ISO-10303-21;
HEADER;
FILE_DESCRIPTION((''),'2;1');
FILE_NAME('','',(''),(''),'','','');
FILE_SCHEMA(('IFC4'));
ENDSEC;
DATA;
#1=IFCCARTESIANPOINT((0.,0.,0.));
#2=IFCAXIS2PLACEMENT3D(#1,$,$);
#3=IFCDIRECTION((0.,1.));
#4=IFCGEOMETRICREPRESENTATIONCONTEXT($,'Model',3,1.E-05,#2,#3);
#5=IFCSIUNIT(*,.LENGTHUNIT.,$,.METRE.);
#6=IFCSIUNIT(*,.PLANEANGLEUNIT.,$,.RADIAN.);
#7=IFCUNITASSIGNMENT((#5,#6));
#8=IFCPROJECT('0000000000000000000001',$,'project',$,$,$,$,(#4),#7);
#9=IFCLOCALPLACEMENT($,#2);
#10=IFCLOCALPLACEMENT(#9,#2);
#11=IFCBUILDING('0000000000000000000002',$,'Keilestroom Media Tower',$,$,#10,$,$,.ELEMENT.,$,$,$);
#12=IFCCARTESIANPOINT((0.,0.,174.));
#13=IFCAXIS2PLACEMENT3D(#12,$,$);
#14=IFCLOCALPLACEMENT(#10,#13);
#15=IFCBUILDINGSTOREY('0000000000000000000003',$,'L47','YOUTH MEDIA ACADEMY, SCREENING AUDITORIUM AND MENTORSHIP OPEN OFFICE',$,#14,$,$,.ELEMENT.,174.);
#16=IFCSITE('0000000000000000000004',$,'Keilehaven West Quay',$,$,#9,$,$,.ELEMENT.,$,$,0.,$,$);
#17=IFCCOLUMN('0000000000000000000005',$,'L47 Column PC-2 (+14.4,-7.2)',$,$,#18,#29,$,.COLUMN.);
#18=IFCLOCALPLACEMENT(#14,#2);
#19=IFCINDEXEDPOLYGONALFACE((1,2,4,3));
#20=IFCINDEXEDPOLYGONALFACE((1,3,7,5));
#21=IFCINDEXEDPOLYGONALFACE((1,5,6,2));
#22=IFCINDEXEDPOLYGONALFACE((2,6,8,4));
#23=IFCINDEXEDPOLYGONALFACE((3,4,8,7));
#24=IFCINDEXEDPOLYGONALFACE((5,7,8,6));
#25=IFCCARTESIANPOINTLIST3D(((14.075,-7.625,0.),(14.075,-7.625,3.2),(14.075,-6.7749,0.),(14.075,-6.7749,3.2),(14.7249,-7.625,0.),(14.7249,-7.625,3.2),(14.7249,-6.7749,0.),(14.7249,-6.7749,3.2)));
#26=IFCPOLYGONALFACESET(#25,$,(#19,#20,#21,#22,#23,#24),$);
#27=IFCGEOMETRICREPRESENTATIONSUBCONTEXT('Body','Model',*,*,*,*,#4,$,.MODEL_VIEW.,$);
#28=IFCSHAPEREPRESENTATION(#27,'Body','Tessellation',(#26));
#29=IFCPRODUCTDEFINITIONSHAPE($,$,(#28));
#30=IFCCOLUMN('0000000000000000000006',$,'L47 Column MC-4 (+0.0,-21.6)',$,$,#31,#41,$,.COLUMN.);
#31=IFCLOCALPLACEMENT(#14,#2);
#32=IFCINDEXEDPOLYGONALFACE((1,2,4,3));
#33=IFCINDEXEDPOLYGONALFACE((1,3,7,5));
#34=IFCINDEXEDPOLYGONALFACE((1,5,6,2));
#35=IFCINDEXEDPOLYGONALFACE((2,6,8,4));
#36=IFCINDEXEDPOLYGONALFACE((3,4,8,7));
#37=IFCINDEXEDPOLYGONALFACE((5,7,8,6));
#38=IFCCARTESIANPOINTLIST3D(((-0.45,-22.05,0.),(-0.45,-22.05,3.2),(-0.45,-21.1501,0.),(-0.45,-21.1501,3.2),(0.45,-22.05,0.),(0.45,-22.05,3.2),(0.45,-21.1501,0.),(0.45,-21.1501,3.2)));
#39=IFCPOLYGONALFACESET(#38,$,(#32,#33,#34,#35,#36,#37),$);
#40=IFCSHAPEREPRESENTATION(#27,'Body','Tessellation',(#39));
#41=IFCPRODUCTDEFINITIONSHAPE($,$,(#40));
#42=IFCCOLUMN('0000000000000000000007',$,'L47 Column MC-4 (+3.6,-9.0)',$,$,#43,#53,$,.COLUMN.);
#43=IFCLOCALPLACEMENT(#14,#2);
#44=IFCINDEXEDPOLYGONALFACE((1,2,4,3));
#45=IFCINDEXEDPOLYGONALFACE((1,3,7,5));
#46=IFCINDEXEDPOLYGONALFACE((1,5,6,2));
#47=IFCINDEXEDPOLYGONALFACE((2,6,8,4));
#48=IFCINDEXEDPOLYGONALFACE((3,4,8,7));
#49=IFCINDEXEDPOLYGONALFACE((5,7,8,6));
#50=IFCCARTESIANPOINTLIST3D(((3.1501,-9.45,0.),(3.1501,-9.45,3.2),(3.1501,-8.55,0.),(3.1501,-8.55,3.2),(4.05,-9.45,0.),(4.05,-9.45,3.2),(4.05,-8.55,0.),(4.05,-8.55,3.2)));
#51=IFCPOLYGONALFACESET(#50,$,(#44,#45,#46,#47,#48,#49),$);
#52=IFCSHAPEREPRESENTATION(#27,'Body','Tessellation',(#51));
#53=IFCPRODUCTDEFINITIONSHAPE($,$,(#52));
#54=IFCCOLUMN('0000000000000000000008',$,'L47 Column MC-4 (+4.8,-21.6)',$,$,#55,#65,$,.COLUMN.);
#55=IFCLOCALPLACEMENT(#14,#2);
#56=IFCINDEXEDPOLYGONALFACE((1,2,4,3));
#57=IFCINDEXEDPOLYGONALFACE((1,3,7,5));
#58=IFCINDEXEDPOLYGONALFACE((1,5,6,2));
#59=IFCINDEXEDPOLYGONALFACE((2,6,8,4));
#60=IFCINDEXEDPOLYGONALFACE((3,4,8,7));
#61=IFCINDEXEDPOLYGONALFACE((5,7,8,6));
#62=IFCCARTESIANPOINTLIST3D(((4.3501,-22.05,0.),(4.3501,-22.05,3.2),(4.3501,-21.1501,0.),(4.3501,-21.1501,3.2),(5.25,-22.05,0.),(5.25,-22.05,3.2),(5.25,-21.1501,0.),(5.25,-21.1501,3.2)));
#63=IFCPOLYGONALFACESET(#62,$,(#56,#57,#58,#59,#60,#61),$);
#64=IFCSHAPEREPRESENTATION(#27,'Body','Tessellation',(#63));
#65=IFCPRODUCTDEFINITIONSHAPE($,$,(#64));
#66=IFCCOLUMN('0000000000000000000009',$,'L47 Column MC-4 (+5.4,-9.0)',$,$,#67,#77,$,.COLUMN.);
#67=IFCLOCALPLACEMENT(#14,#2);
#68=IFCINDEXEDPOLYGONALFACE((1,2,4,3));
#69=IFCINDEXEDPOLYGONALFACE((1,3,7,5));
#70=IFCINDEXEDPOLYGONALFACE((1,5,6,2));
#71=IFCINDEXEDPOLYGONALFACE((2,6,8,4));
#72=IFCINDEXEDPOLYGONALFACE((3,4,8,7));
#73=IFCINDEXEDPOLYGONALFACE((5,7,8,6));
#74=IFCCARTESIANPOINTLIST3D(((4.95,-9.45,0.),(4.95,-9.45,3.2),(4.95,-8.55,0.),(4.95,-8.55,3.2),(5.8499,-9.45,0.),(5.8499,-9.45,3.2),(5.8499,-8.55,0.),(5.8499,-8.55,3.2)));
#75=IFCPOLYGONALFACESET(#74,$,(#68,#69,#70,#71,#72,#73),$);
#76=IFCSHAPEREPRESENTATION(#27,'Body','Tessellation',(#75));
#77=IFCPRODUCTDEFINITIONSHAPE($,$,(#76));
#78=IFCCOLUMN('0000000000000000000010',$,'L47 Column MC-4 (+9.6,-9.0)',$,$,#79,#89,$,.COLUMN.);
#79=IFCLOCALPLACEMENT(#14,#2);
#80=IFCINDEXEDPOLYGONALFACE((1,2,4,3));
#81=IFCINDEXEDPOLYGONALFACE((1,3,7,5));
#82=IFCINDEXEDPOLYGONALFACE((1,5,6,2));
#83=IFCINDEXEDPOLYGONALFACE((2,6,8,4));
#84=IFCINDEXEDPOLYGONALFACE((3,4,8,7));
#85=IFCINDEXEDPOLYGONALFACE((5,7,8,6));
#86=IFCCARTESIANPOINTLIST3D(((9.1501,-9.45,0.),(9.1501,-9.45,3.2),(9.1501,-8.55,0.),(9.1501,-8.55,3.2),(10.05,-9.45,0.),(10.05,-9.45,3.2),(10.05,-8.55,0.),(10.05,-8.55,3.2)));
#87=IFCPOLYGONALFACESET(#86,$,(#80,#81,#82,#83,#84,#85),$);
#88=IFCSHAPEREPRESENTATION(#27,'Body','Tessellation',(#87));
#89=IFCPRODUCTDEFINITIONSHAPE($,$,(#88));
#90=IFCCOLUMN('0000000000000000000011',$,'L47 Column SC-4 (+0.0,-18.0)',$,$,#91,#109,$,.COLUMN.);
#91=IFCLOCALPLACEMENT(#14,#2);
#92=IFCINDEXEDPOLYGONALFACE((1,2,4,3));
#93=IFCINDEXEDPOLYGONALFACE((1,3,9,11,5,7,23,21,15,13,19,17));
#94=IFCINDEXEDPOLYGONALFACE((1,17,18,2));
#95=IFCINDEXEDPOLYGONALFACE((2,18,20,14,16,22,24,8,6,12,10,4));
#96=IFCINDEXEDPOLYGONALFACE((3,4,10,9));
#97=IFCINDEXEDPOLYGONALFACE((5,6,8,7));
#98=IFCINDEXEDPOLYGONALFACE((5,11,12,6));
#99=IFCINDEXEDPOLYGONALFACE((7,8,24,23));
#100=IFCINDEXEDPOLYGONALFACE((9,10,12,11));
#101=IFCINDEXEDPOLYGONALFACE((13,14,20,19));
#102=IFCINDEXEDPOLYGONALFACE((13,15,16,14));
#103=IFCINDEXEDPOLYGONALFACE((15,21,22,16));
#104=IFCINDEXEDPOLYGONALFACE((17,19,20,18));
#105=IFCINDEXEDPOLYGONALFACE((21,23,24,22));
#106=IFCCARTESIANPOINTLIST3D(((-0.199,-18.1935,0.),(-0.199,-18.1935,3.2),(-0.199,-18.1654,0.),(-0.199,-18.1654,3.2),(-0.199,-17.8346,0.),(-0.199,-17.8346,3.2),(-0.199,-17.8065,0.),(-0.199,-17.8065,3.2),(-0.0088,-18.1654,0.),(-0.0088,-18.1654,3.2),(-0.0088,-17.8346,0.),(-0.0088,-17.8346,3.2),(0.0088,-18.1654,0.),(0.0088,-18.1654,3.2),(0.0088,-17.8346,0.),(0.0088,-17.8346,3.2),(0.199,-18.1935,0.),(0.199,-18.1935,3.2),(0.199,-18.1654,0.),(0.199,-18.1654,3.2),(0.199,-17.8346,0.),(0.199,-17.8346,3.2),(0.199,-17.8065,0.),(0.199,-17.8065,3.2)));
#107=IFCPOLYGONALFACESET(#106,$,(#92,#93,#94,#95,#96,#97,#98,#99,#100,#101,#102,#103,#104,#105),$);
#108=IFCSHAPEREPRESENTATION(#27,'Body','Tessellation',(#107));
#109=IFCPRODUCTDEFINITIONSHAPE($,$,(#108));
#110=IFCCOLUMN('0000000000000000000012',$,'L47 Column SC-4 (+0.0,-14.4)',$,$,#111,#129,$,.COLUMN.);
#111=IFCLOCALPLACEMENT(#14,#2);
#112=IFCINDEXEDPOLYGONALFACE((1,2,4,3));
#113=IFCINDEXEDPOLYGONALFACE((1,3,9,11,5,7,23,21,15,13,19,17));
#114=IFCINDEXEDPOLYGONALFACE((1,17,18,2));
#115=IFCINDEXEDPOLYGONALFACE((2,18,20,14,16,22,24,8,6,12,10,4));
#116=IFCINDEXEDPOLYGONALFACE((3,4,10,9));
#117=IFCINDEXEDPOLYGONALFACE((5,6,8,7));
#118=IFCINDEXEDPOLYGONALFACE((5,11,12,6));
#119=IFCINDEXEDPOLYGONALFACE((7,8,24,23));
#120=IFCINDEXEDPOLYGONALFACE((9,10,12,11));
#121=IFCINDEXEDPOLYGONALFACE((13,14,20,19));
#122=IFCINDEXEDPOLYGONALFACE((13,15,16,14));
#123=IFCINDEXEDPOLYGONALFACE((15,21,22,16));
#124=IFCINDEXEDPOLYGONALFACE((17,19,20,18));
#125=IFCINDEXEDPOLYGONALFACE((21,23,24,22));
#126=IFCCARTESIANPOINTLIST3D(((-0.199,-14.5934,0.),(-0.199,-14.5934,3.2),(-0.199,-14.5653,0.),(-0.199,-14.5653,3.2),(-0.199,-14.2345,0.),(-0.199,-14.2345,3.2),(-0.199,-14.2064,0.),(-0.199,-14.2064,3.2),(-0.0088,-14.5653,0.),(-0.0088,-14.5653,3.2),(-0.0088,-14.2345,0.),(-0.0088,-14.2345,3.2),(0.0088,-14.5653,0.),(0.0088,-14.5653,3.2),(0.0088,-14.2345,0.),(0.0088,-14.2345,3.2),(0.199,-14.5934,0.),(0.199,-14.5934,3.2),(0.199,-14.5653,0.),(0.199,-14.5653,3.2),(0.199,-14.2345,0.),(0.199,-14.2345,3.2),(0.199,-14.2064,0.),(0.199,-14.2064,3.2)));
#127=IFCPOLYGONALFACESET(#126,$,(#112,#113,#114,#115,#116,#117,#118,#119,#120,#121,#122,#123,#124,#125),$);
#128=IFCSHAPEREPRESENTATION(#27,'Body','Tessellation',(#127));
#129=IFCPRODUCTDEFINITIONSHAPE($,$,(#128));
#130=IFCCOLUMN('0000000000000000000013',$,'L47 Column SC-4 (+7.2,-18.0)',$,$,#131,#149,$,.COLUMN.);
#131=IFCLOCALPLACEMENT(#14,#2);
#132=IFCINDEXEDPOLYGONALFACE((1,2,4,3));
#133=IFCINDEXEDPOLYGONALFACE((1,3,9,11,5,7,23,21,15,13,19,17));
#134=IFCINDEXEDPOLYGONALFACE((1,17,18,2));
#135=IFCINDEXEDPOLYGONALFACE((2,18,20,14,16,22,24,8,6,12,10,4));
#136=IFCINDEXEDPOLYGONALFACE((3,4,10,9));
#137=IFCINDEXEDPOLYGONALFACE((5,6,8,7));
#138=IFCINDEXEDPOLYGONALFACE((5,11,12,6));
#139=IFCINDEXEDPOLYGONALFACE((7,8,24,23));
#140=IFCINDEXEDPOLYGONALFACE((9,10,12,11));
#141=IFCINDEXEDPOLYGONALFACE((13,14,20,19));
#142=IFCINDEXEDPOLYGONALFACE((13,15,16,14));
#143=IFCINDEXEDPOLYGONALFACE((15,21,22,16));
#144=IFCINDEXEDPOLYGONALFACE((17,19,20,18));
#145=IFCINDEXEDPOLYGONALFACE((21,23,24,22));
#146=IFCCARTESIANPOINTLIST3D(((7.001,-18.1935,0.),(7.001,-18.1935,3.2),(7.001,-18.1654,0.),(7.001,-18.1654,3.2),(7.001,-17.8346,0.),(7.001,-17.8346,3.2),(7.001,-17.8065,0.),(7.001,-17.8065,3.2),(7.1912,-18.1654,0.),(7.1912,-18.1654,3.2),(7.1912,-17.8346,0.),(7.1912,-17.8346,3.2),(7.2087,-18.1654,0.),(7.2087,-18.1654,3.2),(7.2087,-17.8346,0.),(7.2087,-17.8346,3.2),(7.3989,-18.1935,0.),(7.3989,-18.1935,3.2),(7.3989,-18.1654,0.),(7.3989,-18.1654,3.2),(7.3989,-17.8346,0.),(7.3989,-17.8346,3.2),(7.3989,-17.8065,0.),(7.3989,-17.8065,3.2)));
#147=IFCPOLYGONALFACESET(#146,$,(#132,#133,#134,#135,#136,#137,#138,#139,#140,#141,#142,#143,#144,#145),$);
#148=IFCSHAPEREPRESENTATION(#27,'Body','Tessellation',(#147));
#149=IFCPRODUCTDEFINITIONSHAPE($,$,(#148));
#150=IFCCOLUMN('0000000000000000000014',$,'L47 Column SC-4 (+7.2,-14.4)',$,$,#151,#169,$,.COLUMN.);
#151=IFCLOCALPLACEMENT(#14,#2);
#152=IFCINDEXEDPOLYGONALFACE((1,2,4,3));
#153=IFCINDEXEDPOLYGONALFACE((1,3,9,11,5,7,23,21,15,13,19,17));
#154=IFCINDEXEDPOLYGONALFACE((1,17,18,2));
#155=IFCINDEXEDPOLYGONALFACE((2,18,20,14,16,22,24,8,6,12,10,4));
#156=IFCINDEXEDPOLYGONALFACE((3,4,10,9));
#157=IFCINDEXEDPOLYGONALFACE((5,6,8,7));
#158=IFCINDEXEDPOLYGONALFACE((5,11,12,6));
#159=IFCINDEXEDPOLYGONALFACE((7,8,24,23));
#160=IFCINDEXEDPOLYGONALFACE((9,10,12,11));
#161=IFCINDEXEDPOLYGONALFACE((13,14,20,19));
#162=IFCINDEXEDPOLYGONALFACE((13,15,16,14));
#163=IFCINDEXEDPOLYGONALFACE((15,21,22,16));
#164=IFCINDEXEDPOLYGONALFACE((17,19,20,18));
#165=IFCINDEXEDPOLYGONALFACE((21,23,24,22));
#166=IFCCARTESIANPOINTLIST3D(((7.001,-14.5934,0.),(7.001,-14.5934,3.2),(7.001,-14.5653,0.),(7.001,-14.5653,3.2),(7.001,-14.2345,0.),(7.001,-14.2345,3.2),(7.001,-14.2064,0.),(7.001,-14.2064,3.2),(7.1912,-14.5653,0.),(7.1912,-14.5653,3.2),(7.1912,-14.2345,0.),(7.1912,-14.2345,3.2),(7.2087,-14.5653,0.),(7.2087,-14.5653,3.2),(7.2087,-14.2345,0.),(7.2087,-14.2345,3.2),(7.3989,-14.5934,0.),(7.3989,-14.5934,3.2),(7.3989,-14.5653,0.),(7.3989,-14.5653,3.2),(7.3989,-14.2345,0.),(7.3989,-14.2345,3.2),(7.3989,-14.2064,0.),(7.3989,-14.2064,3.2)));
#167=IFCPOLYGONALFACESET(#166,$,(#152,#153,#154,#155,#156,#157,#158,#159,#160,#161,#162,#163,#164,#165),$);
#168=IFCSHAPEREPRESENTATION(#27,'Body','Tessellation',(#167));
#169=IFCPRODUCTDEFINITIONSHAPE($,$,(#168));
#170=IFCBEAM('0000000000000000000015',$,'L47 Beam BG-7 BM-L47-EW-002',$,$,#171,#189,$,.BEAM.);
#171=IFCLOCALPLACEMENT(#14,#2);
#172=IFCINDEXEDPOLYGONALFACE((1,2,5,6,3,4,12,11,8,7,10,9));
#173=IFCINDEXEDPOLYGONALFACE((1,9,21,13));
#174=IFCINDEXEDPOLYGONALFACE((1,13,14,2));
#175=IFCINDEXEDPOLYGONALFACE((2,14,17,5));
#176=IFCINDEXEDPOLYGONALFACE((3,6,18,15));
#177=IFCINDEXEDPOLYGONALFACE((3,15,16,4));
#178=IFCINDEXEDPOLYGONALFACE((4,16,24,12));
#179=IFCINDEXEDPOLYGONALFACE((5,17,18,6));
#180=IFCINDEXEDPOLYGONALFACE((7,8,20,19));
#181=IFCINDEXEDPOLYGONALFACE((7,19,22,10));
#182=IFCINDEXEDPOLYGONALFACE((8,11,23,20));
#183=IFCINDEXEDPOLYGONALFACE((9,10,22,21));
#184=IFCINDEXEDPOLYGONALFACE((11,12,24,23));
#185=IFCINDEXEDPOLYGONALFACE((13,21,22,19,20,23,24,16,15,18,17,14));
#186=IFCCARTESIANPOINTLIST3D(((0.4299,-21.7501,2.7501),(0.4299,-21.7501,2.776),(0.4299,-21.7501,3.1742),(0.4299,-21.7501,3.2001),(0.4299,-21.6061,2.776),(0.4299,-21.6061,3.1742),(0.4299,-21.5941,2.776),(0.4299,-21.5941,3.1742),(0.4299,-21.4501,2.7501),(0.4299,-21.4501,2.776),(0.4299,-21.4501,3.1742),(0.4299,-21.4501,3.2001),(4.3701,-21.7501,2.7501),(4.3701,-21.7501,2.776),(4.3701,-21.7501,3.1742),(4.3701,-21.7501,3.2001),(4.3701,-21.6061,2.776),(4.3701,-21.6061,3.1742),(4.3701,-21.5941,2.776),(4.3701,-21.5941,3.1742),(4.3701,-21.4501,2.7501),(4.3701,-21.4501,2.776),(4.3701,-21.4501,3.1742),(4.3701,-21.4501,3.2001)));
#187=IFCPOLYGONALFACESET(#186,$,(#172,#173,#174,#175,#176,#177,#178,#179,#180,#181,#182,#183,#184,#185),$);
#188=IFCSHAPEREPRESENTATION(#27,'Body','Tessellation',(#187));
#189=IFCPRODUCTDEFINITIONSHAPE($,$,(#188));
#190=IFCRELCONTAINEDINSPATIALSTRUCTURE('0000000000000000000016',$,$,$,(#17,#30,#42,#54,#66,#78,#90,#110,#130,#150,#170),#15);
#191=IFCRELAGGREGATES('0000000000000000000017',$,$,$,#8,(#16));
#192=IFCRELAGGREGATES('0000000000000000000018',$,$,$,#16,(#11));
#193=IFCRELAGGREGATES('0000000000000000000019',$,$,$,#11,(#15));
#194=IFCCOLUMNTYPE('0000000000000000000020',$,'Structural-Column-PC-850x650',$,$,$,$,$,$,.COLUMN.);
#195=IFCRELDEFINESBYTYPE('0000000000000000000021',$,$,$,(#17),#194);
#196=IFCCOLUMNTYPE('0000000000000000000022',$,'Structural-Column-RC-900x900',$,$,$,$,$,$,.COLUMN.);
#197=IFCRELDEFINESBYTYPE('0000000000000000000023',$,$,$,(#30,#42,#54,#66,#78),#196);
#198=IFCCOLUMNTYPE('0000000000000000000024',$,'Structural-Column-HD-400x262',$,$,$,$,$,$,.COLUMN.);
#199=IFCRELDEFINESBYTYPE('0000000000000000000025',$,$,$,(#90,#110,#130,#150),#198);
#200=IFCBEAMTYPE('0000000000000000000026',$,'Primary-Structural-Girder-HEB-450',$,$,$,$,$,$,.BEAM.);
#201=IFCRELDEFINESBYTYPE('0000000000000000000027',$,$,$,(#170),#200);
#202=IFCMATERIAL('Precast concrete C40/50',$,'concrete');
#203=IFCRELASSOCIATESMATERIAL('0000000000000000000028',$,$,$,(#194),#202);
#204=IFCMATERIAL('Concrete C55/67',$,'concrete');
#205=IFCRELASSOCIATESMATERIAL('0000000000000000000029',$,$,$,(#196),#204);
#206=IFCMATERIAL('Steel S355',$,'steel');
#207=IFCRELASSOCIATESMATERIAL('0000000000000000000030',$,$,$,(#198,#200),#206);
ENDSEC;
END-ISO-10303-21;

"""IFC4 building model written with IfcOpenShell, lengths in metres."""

from ifc_helpers import new_model, si_unit, direction, frame, origin, origin_2d, place, context, subcontext, project, spatial, rectangle, i_section, extrude, source, transform, mapped, material, material_profile, profile_set, type_object, element, save


model = new_model("IFC4")

# Units and contexts
model_context = context("Model", 3, precision=1e-05, world=origin(), true_north=direction((0.0, 1.0)))
body_context = subcontext(model_context, "Body", "Model", "MODEL_VIEW")
ifc_project = project(units=[si_unit("LENGTHUNIT", "METRE"), si_unit("PLANEANGLEUNIT", "RADIAN")], contexts=[model_context])

# Site, building, storey
site_placement = place(None, origin())
site = spatial("IfcSite", under=ifc_project, at=site_placement, Name="Keilehaven West Quay", CompositionType="ELEMENT", RefElevation=0.0)
building_placement = place(site_placement, origin())
building = spatial("IfcBuilding", under=site, at=building_placement, Name="Keilestroom Media Tower", CompositionType="ELEMENT")
storey_placement = place(building_placement, frame((0.0, 0.0, 174.0)))
storey = spatial("IfcBuildingStorey", under=building, at=storey_placement, Name="L47", Description="YOUTH MEDIA ACADEMY, SCREENING AUDITORIUM AND MENTORSHIP OPEN OFFICE", CompositionType="ELEMENT", Elevation=174.0)

# Columns
ifc_material_1 = material(Name="Precast concrete C40/50", Category="concrete")
ifc_material_profile_1 = material_profile(ifc_material_1, rectangle(XDim=0.6499, YDim=0.8501, at=origin_2d()), Name="PC 850x650")
ifc_profile_set_1 = profile_set([ifc_material_profile_1], Name="Precast concrete C40/50")
column_type_1 = type_object("IfcColumnType", Name="Structural-Column-PC-850x650", PredefinedType="COLUMN", material=ifc_profile_set_1)
shared_shape_1 = source(origin(), body_context, "Body", "SweptSolid", [
    extrude(rectangle(XDim=0.6499, YDim=0.8501, at=origin_2d()), origin(), (0.0, 0.0, 1.0), 3.2),
])
column_placement = place(storey_placement, frame((14.3999, -7.2, 0.0), z_axis=(0.0, 0.0, 1.0), x_axis=(1.0, 0.0, 0.0)))
element("IfcColumn", 1, at=column_placement, inside=storey, type_object=column_type_1, Name="L47 Column PC-2 (+14.4,-7.2)", PredefinedType="COLUMN", context=body_context, shape_type="MappedRepresentation", body=[
    mapped(shared_shape_1, transform((0.0, 0.0, 0.0), x_axis=(1.0, 0.0, 0.0), y_axis=(0.0, 1.0, 0.0), z_axis=(0.0, 0.0, 1.0), scale=1.0)),
])
ifc_material_2 = material(Name="Concrete C55/67", Category="concrete")
ifc_material_profile_2 = material_profile(ifc_material_2, rectangle(XDim=0.8999, YDim=0.8999, at=origin_2d()), Name="RC 900x900")
ifc_profile_set_2 = profile_set([ifc_material_profile_2], Name="Concrete C55/67")
column_type_2 = type_object("IfcColumnType", Name="Structural-Column-RC-900x900", PredefinedType="COLUMN", material=ifc_profile_set_2)
shared_shape_2 = source(origin(), body_context, "Body", "SweptSolid", [
    extrude(rectangle(XDim=0.8999, YDim=0.8999, at=origin_2d()), origin(), (0.0, 0.0, 1.0), 3.2),
])
for number, where, z_axis, x_axis, name in (
    (2, (0.0, -21.6001, 0.0), (0.0, 0.0, 1.0), (1.0, 0.0, 0.0), "L47 Column MC-4 (+0.0,-21.6)"),
    (3, (3.6001, -9.0, 0.0), (0.0, 0.0, 1.0), (1.0, 0.0, 0.0), "L47 Column MC-4 (+3.6,-9.0)"),
    (4, (4.8, -21.6001, 0.0), (0.0, 0.0, 1.0), (1.0, 0.0, 0.0), "L47 Column MC-4 (+4.8,-21.6)"),
    (5, (5.3999, -9.0, 0.0), (0.0, 0.0, 1.0), (1.0, 0.0, 0.0), "L47 Column MC-4 (+5.4,-9.0)"),
    (6, (9.6001, -9.0, 0.0), (0.0, 0.0, 1.0), (1.0, 0.0, 0.0), "L47 Column MC-4 (+9.6,-9.0)"),
):
    element("IfcColumn", number, at=place(storey_placement, frame(where, z_axis=z_axis, x_axis=x_axis)), inside=storey, type_object=column_type_2, Name=name, PredefinedType="COLUMN", context=body_context, shape_type="MappedRepresentation", body=[
        mapped(shared_shape_2, transform((0.0, 0.0, 0.0), x_axis=(1.0, 0.0, 0.0), y_axis=(0.0, 1.0, 0.0), z_axis=(0.0, 0.0, 1.0), scale=1.0)),
    ])
ifc_material_3 = material(Name="Steel S355", Category="steel")
ifc_material_profile_3 = material_profile(ifc_material_3, i_section(OverallWidth=0.3979, OverallDepth=0.387, WebThickness=0.0176, FlangeThickness=0.0281, at=origin_2d()), Name="HD 400x262")
ifc_profile_set_3 = profile_set([ifc_material_profile_3], Name="Steel S355")
column_type_3 = type_object("IfcColumnType", Name="Structural-Column-HD-400x262", PredefinedType="COLUMN", material=ifc_profile_set_3)
shared_shape_3 = source(origin(), body_context, "Body", "SweptSolid", [
    extrude(i_section(OverallWidth=0.3979, OverallDepth=0.387, WebThickness=0.0176, FlangeThickness=0.0281, at=origin_2d()), origin(), (0.0, 0.0, 1.0), 3.2),
])
for number, where, z_axis, x_axis, name in (
    (7, (0.0, -18.0, 0.0), (0.0, 0.0, 1.0), (1.0, 0.0, 0.0), "L47 Column SC-4 (+0.0,-18.0)"),
    (8, (0.0, -14.3999, 0.0), (0.0, 0.0, 1.0), (1.0, 0.0, 0.0), "L47 Column SC-4 (+0.0,-14.4)"),
    (9, (7.2, -18.0, 0.0), (0.0, 0.0, 1.0), (1.0, 0.0, 0.0), "L47 Column SC-4 (+7.2,-18.0)"),
    (10, (7.2, -14.3999, 0.0), (0.0, 0.0, 1.0), (1.0, 0.0, 0.0), "L47 Column SC-4 (+7.2,-14.4)"),
):
    element("IfcColumn", number, at=place(storey_placement, frame(where, z_axis=z_axis, x_axis=x_axis)), inside=storey, type_object=column_type_3, Name=name, PredefinedType="COLUMN", context=body_context, shape_type="MappedRepresentation", body=[
        mapped(shared_shape_3, transform((0.0, 0.0, 0.0), x_axis=(1.0, 0.0, 0.0), y_axis=(0.0, 1.0, 0.0), z_axis=(0.0, 0.0, 1.0), scale=1.0)),
    ])

# Beam
ifc_material_profile_4 = material_profile(ifc_material_3, i_section(OverallWidth=0.3, OverallDepth=0.45, WebThickness=0.012, FlangeThickness=0.0259, at=origin_2d()), Name="HEB 450")
ifc_profile_set_4 = profile_set([ifc_material_profile_4], Name="Steel S355")
beam_type_1 = type_object("IfcBeamType", Name="Primary-Structural-Girder-HEB-450", PredefinedType="BEAM", material=ifc_profile_set_4)
shared_shape_4 = source(origin(), body_context, "Body", "SweptSolid", [
    extrude(i_section(OverallWidth=0.3, OverallDepth=0.45, WebThickness=0.012, FlangeThickness=0.0259, at=origin_2d()), origin(), (0.0, 0.0, 1.0), 3.9402),
])
beam_1_placement = place(storey_placement, frame((0.4299, -21.6001, 2.9751), z_axis=(1.0, 0.0, 0.0), x_axis=(0.0, 1.0, 0.0)))
element("IfcBeam", 11, at=beam_1_placement, inside=storey, type_object=beam_type_1, Name="L47 Beam BG-7 BM-L47-EW-002", PredefinedType="BEAM", context=body_context, shape_type="MappedRepresentation", body=[
    mapped(shared_shape_4, transform((0.0, 0.0, 0.0), x_axis=(1.0, 0.0, 0.0), y_axis=(0.0, 1.0, 0.0), z_axis=(0.0, 0.0, 1.0), scale=1.0)),
])

save(model, "model.ifc")
